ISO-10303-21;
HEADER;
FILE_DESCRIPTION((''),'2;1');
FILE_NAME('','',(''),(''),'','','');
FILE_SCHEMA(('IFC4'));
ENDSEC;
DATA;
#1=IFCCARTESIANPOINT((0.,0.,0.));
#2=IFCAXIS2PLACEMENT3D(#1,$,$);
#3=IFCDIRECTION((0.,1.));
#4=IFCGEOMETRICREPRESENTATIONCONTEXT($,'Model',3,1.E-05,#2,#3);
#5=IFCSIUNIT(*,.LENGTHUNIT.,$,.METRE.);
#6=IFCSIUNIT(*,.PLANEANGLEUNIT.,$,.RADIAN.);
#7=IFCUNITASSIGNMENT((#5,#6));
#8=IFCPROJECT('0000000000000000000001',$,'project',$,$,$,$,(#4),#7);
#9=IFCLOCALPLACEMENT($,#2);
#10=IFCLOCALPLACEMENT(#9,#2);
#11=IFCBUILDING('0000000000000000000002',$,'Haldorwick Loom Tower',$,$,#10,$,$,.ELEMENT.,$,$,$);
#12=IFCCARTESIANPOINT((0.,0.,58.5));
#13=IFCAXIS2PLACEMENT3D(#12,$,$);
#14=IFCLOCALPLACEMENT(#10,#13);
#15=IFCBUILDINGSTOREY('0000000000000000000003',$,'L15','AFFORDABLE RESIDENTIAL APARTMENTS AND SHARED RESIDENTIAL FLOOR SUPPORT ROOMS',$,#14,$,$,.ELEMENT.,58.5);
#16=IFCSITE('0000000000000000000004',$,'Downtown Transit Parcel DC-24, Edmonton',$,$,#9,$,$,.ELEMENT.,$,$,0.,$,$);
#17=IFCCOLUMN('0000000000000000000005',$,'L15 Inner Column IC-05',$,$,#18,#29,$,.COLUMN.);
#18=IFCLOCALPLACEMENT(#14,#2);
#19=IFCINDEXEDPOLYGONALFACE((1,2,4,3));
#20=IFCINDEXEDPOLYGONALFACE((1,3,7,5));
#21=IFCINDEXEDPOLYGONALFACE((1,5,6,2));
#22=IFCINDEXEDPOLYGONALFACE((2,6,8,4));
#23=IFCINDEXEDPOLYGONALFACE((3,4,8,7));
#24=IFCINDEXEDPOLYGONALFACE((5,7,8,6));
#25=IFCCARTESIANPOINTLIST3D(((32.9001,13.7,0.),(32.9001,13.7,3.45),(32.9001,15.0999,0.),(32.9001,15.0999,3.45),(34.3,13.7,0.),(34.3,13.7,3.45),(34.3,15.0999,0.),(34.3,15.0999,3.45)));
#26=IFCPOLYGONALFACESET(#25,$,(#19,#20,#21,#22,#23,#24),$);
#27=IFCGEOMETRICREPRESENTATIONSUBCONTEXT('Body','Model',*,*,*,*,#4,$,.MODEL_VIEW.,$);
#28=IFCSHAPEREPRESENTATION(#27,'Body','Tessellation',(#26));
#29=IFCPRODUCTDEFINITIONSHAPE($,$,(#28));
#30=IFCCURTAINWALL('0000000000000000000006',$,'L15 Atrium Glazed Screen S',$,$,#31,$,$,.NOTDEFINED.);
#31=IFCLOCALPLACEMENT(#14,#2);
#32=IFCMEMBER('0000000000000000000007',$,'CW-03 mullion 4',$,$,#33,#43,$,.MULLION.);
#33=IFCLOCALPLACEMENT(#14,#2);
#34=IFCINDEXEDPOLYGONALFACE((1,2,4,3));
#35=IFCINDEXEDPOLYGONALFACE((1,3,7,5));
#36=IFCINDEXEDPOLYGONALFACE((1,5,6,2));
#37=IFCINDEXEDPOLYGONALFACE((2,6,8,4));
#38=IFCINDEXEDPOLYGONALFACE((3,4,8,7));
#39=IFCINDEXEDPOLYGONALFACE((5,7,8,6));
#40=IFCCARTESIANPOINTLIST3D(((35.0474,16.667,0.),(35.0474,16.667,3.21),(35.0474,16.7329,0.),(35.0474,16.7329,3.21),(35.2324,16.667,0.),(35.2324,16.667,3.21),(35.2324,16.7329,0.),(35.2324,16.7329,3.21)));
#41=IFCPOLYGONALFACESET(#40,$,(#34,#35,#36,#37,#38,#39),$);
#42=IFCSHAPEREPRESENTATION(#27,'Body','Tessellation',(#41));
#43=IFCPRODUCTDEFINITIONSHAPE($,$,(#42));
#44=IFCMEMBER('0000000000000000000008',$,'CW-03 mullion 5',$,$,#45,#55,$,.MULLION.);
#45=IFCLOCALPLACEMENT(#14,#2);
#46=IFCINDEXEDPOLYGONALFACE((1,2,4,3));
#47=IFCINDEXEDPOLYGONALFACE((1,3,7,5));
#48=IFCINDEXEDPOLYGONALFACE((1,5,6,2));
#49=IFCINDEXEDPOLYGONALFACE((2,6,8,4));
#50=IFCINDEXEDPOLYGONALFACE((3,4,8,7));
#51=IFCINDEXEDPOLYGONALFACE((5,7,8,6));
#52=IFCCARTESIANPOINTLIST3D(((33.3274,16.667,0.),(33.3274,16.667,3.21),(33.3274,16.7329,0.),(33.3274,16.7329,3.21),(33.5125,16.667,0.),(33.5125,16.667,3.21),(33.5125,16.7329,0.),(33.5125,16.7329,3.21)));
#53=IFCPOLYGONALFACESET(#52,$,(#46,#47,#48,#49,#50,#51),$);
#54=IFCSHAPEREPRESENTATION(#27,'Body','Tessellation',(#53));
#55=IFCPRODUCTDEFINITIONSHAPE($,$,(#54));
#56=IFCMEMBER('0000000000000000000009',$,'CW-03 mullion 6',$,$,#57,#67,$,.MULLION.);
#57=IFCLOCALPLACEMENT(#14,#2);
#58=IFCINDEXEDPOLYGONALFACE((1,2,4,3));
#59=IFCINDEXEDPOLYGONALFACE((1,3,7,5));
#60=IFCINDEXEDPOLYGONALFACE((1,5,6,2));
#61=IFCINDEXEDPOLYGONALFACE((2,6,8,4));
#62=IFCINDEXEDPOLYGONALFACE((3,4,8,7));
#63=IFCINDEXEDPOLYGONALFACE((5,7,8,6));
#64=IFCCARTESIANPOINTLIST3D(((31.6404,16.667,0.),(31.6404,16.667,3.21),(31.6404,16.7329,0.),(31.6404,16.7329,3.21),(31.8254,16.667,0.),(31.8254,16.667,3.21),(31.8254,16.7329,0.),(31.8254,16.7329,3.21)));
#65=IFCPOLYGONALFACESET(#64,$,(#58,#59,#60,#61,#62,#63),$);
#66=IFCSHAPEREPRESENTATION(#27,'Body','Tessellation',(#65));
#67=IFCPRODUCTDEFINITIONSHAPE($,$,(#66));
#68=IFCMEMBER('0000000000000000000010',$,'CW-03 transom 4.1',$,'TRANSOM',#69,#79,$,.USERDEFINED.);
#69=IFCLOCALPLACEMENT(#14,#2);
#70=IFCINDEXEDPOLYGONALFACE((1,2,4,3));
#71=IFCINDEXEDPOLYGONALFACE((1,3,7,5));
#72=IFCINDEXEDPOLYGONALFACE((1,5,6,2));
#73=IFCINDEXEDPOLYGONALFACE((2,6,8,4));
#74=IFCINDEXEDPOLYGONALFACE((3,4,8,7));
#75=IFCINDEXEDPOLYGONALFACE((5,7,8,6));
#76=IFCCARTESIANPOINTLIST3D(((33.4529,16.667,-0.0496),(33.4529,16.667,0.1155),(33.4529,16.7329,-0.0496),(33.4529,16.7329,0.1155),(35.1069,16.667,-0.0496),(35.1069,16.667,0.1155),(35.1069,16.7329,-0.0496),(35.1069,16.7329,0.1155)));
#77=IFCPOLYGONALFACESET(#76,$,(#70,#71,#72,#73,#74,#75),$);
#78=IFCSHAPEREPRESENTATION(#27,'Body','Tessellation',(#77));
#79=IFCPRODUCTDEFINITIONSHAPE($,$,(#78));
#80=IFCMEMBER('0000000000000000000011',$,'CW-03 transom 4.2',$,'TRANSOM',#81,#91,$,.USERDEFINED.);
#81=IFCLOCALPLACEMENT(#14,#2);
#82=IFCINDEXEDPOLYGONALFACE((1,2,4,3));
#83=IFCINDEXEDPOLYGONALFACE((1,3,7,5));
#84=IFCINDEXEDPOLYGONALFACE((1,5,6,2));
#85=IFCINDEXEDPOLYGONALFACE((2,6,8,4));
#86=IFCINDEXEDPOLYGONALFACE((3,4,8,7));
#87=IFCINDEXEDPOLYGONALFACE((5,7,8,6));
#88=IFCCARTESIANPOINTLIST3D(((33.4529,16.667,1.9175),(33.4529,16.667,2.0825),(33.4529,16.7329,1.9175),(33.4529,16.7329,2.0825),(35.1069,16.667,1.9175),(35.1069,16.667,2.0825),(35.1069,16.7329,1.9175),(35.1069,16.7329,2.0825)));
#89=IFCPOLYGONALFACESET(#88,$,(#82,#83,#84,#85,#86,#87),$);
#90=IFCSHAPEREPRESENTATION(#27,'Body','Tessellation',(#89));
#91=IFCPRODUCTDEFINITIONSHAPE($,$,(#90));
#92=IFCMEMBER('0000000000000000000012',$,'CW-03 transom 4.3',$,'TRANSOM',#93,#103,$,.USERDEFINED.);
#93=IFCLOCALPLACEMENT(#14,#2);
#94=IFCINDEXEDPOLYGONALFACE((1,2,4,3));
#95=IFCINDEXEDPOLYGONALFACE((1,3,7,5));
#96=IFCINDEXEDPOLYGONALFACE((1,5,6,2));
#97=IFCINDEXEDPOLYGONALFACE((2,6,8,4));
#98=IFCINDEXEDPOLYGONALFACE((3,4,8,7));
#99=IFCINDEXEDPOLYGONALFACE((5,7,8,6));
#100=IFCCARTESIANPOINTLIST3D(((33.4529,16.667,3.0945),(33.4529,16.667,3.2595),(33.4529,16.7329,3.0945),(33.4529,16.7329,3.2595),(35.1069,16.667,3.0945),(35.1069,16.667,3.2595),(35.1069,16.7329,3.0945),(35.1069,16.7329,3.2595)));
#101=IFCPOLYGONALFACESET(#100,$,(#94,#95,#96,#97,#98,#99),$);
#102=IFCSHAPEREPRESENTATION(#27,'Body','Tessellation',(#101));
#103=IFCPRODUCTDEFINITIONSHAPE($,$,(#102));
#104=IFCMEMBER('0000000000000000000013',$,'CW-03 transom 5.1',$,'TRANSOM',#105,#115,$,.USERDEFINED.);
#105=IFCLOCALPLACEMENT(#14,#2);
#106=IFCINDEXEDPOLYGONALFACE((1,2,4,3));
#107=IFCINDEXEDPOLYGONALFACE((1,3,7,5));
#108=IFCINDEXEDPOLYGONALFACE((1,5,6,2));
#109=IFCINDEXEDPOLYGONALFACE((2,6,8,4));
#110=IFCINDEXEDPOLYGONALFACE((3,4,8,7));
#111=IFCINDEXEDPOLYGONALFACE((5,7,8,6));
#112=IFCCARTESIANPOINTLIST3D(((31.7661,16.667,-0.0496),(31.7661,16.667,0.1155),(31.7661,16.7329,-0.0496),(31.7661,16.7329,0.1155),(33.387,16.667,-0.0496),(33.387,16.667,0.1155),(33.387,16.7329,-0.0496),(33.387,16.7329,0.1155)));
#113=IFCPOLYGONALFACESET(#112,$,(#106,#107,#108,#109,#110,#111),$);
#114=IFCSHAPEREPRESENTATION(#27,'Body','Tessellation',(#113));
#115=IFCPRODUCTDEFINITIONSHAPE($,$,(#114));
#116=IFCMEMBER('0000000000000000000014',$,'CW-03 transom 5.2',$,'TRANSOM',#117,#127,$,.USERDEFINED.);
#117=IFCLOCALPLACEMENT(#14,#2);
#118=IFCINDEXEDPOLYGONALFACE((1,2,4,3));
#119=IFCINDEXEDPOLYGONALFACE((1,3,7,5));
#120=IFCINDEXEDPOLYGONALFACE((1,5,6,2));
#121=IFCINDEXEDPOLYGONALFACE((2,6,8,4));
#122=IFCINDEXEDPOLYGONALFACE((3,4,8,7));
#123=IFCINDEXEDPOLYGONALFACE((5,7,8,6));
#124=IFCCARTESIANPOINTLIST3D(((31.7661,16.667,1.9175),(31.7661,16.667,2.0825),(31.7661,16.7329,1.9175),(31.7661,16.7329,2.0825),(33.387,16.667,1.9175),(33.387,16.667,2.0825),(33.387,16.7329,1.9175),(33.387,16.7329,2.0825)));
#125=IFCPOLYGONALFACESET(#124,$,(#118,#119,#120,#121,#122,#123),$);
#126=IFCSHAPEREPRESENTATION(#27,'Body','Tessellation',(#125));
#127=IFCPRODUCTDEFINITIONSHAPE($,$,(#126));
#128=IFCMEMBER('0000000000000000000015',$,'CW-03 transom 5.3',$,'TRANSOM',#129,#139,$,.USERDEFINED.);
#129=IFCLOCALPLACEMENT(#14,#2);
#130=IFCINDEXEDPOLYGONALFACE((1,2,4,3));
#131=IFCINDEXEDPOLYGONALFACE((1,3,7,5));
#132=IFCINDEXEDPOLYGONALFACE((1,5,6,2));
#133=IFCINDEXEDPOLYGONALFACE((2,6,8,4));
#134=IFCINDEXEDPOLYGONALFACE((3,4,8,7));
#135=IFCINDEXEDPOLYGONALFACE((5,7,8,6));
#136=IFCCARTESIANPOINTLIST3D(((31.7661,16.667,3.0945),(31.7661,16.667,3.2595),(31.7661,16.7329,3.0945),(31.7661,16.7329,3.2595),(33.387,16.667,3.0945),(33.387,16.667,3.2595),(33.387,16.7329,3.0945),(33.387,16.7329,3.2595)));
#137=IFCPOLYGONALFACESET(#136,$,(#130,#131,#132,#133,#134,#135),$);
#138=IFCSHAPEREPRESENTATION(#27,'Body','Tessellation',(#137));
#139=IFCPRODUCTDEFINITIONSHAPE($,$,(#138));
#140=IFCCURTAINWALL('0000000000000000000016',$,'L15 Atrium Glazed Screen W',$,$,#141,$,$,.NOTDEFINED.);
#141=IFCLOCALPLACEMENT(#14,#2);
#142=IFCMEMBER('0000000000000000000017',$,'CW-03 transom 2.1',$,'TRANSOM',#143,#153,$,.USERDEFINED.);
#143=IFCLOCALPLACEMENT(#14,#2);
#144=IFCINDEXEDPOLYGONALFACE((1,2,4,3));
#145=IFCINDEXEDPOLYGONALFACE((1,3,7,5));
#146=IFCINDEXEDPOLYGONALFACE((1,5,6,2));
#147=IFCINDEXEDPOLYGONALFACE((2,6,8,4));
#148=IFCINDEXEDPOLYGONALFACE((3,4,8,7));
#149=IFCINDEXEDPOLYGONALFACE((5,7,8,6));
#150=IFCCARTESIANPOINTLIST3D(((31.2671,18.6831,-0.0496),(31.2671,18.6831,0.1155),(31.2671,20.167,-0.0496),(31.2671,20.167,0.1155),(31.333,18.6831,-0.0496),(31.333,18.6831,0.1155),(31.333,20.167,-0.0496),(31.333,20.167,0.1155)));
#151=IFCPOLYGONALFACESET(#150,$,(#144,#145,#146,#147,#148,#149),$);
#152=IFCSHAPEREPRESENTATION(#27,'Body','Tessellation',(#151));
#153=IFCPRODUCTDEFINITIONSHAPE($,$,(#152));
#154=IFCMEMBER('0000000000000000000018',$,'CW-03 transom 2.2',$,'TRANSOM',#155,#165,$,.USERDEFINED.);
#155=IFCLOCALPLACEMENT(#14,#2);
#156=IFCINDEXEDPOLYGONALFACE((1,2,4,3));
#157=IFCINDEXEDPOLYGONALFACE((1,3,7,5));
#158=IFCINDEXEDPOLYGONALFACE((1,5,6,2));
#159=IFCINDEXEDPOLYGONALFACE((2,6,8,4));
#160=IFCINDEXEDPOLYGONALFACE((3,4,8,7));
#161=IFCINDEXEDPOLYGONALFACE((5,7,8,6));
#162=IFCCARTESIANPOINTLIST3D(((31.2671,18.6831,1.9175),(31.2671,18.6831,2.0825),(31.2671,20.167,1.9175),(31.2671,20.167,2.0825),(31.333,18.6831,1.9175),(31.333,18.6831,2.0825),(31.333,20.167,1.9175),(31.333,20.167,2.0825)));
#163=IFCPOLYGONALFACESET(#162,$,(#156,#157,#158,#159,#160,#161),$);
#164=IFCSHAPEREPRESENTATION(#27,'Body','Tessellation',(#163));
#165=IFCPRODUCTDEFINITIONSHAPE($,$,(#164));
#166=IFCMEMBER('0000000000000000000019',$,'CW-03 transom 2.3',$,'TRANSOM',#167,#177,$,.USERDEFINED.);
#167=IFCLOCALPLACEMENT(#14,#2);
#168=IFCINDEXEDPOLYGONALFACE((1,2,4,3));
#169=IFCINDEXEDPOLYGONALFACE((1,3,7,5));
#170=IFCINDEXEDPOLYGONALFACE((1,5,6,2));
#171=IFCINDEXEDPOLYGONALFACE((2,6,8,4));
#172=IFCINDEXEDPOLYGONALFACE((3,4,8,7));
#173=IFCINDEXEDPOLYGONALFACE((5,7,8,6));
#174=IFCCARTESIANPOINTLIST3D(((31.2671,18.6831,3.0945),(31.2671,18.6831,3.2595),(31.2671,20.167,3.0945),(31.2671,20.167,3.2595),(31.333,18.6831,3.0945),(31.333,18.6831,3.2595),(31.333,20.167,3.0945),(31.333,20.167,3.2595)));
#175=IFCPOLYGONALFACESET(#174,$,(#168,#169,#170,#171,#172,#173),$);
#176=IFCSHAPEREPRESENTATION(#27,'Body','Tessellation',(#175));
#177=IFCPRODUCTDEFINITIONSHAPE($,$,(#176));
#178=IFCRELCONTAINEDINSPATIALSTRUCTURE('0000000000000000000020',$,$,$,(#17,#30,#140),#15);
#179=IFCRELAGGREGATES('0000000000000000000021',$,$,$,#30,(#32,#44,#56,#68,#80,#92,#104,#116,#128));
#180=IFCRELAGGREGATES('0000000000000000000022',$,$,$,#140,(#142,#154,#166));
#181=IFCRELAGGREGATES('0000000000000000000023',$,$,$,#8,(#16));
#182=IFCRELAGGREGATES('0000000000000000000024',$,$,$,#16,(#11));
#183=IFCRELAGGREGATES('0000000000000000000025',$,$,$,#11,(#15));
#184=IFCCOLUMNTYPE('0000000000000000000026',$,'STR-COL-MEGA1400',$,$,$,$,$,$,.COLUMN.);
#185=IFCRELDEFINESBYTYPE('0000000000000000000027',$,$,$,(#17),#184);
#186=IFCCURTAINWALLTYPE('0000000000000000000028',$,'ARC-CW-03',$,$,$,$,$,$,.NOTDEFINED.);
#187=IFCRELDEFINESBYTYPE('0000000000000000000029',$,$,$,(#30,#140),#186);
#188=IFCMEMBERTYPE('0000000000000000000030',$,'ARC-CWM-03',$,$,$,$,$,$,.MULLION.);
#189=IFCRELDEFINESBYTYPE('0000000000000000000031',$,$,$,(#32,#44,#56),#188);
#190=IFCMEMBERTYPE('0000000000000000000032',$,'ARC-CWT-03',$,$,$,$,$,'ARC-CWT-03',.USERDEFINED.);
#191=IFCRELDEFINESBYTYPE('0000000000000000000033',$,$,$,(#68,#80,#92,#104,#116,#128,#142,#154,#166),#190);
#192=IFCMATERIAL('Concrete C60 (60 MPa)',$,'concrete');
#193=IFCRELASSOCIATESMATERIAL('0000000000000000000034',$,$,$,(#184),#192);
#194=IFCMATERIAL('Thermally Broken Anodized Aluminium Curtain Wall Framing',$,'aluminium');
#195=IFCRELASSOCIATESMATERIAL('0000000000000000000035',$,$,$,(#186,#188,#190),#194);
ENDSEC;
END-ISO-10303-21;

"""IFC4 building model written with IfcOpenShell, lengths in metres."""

from ifc_helpers import new_model, si_unit, direction, frame, origin, origin_2d, place, context, subcontext, project, spatial, rectangle, extrude, material, material_profile, profile_set, type_object, element, aggregate, save


model = new_model("IFC4")

# Units and contexts
model_context = context("Model", 3, precision=1e-05, world=origin(), true_north=direction((0.0, 1.0)))
body_context = subcontext(model_context, "Body", "Model", "MODEL_VIEW")
ifc_project = project(units=[si_unit("LENGTHUNIT", "METRE"), si_unit("PLANEANGLEUNIT", "RADIAN")], contexts=[model_context])

# Site, building, storey
site_placement = place(None, origin())
site = spatial("IfcSite", under=ifc_project, at=site_placement, Name="Downtown Transit Parcel DC-24, Edmonton", CompositionType="ELEMENT", RefElevation=0.0)
building_placement = place(site_placement, origin())
building = spatial("IfcBuilding", under=site, at=building_placement, Name="Haldorwick Loom Tower", CompositionType="ELEMENT")
storey_placement = place(building_placement, frame((0.0, 0.0, 58.5)))
storey = spatial("IfcBuildingStorey", under=building, at=storey_placement, Name="L15", Description="AFFORDABLE RESIDENTIAL APARTMENTS AND SHARED RESIDENTIAL FLOOR SUPPORT ROOMS", CompositionType="ELEMENT", Elevation=58.5)

# Column
ifc_material_1 = material(Name="Concrete C60 (60 MPa)", Category="concrete")
ifc_material_profile_1 = material_profile(ifc_material_1, rectangle(XDim=1.3999, YDim=1.3999, at=origin_2d()), Name="RC1400X1400", Category="concrete")
ifc_profile_set_1 = profile_set([ifc_material_profile_1], Name="Concrete C60 (60 MPa)")
column_type = type_object("IfcColumnType", Name="STR-COL-MEGA1400", PredefinedType="COLUMN", material=ifc_profile_set_1)
column_placement = place(storey_placement, frame((33.6001, 14.3999, 0.0), z_axis=(0.0, 0.0, 1.0), x_axis=(1.0, 0.0, 0.0)))
element("IfcColumn", 1, at=column_placement, inside=storey, type_object=column_type, Name="L15 Inner Column IC-05", PredefinedType="COLUMN", context=body_context, shape_type="SweptSolid", body=[
    extrude(rectangle(XDim=1.3999, YDim=1.3999, at=origin_2d()), origin(), (0.0, 0.0, 1.0), 3.45),
])

# Curtain walls, members
ifc_material_2 = material(Name="Thermally Broken Anodized Aluminium Curtain Wall Framing", Category="aluminium")
curtain_wall_type = type_object("IfcCurtainWallType", Name="ARC-CW-03", PredefinedType="NOTDEFINED", material=ifc_material_2)
curtain_wall_1_placement = place(storey_placement, origin())
curtain_wall_1 = element("IfcCurtainWall", 2, at=curtain_wall_1_placement, inside=storey, type_object=curtain_wall_type, Name="L15 Atrium Glazed Screen S", PredefinedType="NOTDEFINED")
ifc_material_profile_2 = material_profile(ifc_material_2, rectangle(XDim=0.0659, YDim=0.1851, at=origin_2d()), Name="ALU_MUL_66X185", Category="aluminium")
ifc_profile_set_2 = profile_set([ifc_material_profile_2], Name="Thermally Broken Anodized Aluminium Curtain Wall Framing")
member_type_1 = type_object("IfcMemberType", Name="ARC-CWM-03", PredefinedType="MULLION", material=ifc_profile_set_2)
member_1_placement = place(storey_placement, frame((35.1399, 16.7, 0.0), z_axis=(0.0, 0.0, 1.0), x_axis=(0.0, -1.0, 0.0)))
member_1 = element("IfcMember", 3, at=member_1_placement, type_object=member_type_1, Name="CW-03 mullion 4", PredefinedType="MULLION", context=body_context, shape_type="SweptSolid", body=[
    extrude(rectangle(XDim=0.0659, YDim=0.1851, at=origin_2d()), origin(), (0.0, 0.0, 1.0), 3.21),
])
member_2_placement = place(storey_placement, frame((33.4199, 16.7, 0.0), z_axis=(0.0, 0.0, 1.0), x_axis=(0.0, -1.0, 0.0)))
member_2 = element("IfcMember", 4, at=member_2_placement, type_object=member_type_1, Name="CW-03 mullion 5", PredefinedType="MULLION", context=body_context, shape_type="SweptSolid", body=[
    extrude(rectangle(XDim=0.0659, YDim=0.1851, at=origin_2d()), origin(), (0.0, 0.0, 1.0), 3.21),
])
member_3_placement = place(storey_placement, frame((31.7329, 16.7, 0.0), z_axis=(0.0, 0.0, 1.0), x_axis=(0.0, -1.0, 0.0)))
member_3 = element("IfcMember", 5, at=member_3_placement, type_object=member_type_1, Name="CW-03 mullion 6", PredefinedType="MULLION", context=body_context, shape_type="SweptSolid", body=[
    extrude(rectangle(XDim=0.0659, YDim=0.1851, at=origin_2d()), origin(), (0.0, 0.0, 1.0), 3.21),
])
ifc_material_profile_3 = material_profile(ifc_material_2, rectangle(XDim=0.0659, YDim=0.165, at=origin_2d()), Name="ALU_TRN_66X165", Category="aluminium")
ifc_profile_set_3 = profile_set([ifc_material_profile_3], Name="Thermally Broken Anodized Aluminium Curtain Wall Framing")
member_type_2 = type_object("IfcMemberType", Name="ARC-CWT-03", ElementType="ARC-CWT-03", PredefinedType="USERDEFINED", material=ifc_profile_set_3)
member_4_placement = place(storey_placement, frame((35.1069, 16.7, 0.033), z_axis=(-1.0, 0.0, 0.0), x_axis=(0.0, -1.0, 0.0)))
member_4 = element("IfcMember", 6, at=member_4_placement, type_object=member_type_2, Name="CW-03 transom 4.1", ObjectType="TRANSOM", PredefinedType="USERDEFINED", context=body_context, shape_type="SweptSolid", body=[
    extrude(rectangle(XDim=0.0659, YDim=0.165, at=origin_2d()), origin(), (0.0, 0.0, 1.0), 1.6541),
])
member_5_placement = place(storey_placement, frame((35.1069, 16.7, 2.0), z_axis=(-1.0, 0.0, 0.0), x_axis=(0.0, -1.0, 0.0)))
member_5 = element("IfcMember", 7, at=member_5_placement, type_object=member_type_2, Name="CW-03 transom 4.2", ObjectType="TRANSOM", PredefinedType="USERDEFINED", context=body_context, shape_type="SweptSolid", body=[
    extrude(rectangle(XDim=0.0659, YDim=0.165, at=origin_2d()), origin(), (0.0, 0.0, 1.0), 1.6541),
])
member_6_placement = place(storey_placement, frame((35.1069, 16.7, 3.177), z_axis=(-1.0, 0.0, 0.0), x_axis=(0.0, -1.0, 0.0)))
member_6 = element("IfcMember", 8, at=member_6_placement, type_object=member_type_2, Name="CW-03 transom 4.3", ObjectType="TRANSOM", PredefinedType="USERDEFINED", context=body_context, shape_type="SweptSolid", body=[
    extrude(rectangle(XDim=0.0659, YDim=0.165, at=origin_2d()), origin(), (0.0, 0.0, 1.0), 1.6541),
])
member_7_placement = place(storey_placement, frame((33.387, 16.7, 0.033), z_axis=(-1.0, 0.0, 0.0), x_axis=(0.0, -1.0, 0.0)))
member_7 = element("IfcMember", 9, at=member_7_placement, type_object=member_type_2, Name="CW-03 transom 5.1", ObjectType="TRANSOM", PredefinedType="USERDEFINED", context=body_context, shape_type="SweptSolid", body=[
    extrude(rectangle(XDim=0.0659, YDim=0.165, at=origin_2d()), origin(), (0.0, 0.0, 1.0), 1.6208),
])
member_8_placement = place(storey_placement, frame((33.387, 16.7, 2.0), z_axis=(-1.0, 0.0, 0.0), x_axis=(0.0, -1.0, 0.0)))
member_8 = element("IfcMember", 10, at=member_8_placement, type_object=member_type_2, Name="CW-03 transom 5.2", ObjectType="TRANSOM", PredefinedType="USERDEFINED", context=body_context, shape_type="SweptSolid", body=[
    extrude(rectangle(XDim=0.0659, YDim=0.165, at=origin_2d()), origin(), (0.0, 0.0, 1.0), 1.6208),
])
member_9_placement = place(storey_placement, frame((33.387, 16.7, 3.177), z_axis=(-1.0, 0.0, 0.0), x_axis=(0.0, -1.0, 0.0)))
member_9 = element("IfcMember", 11, at=member_9_placement, type_object=member_type_2, Name="CW-03 transom 5.3", ObjectType="TRANSOM", PredefinedType="USERDEFINED", context=body_context, shape_type="SweptSolid", body=[
    extrude(rectangle(XDim=0.0659, YDim=0.165, at=origin_2d()), origin(), (0.0, 0.0, 1.0), 1.6208),
])
curtain_wall_2_placement = place(storey_placement, origin())
curtain_wall_2 = element("IfcCurtainWall", 12, at=curtain_wall_2_placement, inside=storey, type_object=curtain_wall_type, Name="L15 Atrium Glazed Screen W", PredefinedType="NOTDEFINED")
member_10_placement = place(storey_placement, frame((31.3, 18.6831, 0.033), z_axis=(0.0, 1.0, 0.0), x_axis=(-1.0, 0.0, 0.0)))
member_10 = element("IfcMember", 13, at=member_10_placement, type_object=member_type_2, Name="CW-03 transom 2.1", ObjectType="TRANSOM", PredefinedType="USERDEFINED", context=body_context, shape_type="SweptSolid", body=[
    extrude(rectangle(XDim=0.0659, YDim=0.165, at=origin_2d()), origin(), (0.0, 0.0, 1.0), 1.4839),
])
member_11_placement = place(storey_placement, frame((31.3, 18.6831, 2.0), z_axis=(0.0, 1.0, 0.0), x_axis=(-1.0, 0.0, 0.0)))
member_11 = element("IfcMember", 14, at=member_11_placement, type_object=member_type_2, Name="CW-03 transom 2.2", ObjectType="TRANSOM", PredefinedType="USERDEFINED", context=body_context, shape_type="SweptSolid", body=[
    extrude(rectangle(XDim=0.0659, YDim=0.165, at=origin_2d()), origin(), (0.0, 0.0, 1.0), 1.4839),
])
member_12_placement = place(storey_placement, frame((31.3, 18.6831, 3.177), z_axis=(0.0, 1.0, 0.0), x_axis=(-1.0, 0.0, 0.0)))
member_12 = element("IfcMember", 15, at=member_12_placement, type_object=member_type_2, Name="CW-03 transom 2.3", ObjectType="TRANSOM", PredefinedType="USERDEFINED", context=body_context, shape_type="SweptSolid", body=[
    extrude(rectangle(XDim=0.0659, YDim=0.165, at=origin_2d()), origin(), (0.0, 0.0, 1.0), 1.4839),
])

aggregate(curtain_wall_1, [member_1, member_2, member_3, member_4, member_5, member_6, member_7, member_8, member_9])
aggregate(curtain_wall_2, [member_10, member_11, member_12])

save(model, "model.ifc")
